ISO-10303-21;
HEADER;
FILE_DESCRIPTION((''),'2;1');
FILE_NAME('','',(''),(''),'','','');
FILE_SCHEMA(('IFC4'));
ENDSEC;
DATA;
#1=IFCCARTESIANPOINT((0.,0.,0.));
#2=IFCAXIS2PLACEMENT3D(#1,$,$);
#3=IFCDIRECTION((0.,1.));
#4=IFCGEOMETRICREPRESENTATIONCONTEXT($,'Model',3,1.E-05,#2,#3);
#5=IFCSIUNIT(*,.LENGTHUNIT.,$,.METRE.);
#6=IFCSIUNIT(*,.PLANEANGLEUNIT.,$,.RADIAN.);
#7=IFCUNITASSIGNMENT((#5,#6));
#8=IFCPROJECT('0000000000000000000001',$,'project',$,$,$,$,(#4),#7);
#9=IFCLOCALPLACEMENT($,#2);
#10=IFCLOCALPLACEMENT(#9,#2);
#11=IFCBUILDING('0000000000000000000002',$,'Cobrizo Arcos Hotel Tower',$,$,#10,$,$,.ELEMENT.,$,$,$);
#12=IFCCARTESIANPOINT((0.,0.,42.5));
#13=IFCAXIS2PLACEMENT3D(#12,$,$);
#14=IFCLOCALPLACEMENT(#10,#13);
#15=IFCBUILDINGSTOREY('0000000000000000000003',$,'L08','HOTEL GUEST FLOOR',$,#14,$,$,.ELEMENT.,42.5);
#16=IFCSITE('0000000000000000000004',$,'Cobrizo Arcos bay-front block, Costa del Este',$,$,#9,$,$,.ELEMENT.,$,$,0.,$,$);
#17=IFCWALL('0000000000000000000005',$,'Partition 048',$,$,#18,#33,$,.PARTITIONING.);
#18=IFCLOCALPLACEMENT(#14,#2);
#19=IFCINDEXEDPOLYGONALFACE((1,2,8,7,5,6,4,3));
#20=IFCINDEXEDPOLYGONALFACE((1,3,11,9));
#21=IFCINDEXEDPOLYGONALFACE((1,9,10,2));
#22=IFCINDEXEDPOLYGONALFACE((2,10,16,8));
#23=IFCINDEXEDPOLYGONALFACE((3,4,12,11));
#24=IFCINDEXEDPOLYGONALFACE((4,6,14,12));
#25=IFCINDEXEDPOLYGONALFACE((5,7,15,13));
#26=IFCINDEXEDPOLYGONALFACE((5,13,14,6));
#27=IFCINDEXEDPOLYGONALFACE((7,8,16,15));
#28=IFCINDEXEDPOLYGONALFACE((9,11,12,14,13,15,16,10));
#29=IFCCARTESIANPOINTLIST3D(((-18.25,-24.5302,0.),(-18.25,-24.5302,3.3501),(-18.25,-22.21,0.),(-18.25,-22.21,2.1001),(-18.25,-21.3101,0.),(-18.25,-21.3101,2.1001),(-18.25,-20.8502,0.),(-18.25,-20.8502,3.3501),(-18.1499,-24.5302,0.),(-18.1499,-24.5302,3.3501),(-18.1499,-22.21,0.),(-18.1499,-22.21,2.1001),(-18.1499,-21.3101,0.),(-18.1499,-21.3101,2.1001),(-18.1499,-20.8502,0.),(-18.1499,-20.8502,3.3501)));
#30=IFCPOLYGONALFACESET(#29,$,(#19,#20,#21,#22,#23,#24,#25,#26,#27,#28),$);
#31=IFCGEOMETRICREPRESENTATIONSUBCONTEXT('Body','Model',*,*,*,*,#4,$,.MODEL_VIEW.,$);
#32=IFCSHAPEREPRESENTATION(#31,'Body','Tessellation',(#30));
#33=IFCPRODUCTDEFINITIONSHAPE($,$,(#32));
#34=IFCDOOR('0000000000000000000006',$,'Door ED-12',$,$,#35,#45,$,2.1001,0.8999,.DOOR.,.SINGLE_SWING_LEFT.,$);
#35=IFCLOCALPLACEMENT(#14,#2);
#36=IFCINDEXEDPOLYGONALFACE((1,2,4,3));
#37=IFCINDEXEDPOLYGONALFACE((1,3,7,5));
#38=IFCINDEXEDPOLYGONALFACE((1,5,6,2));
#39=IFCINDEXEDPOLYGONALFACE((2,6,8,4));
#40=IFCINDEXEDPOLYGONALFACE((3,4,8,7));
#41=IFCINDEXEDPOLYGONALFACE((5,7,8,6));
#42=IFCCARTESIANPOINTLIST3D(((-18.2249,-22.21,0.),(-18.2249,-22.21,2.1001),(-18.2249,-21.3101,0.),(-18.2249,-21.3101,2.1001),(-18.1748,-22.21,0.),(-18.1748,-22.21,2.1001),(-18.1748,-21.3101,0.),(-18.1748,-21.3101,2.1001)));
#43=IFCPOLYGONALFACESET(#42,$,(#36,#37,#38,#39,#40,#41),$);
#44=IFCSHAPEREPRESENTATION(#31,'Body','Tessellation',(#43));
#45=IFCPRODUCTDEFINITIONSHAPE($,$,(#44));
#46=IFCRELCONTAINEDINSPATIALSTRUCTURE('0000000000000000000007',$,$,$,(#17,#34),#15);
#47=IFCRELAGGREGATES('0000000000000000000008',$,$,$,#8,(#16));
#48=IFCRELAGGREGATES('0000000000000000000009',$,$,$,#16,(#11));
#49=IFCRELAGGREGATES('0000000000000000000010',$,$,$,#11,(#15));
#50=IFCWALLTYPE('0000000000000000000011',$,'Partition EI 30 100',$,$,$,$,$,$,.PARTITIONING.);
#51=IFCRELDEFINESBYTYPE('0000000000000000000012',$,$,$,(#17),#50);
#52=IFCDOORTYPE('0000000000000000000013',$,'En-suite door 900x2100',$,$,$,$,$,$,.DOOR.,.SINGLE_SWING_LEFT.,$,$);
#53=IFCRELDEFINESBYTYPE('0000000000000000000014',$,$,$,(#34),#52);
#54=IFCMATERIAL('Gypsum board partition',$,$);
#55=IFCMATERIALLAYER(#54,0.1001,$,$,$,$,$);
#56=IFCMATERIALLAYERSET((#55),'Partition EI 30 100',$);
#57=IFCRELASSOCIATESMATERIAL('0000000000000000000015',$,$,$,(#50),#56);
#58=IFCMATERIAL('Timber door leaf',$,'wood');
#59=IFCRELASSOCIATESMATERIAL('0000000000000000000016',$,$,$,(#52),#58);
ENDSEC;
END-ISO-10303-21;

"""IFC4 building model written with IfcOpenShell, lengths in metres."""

from ifc_helpers import new_model, si_unit, direction, frame, frame_2d, origin, place, context, subcontext, project, spatial, rectangle, extrude, material, layer, layer_set, type_object, element, fill, save


model = new_model("IFC4")

# Units and contexts
model_context = context("Model", 3, precision=1e-05, world=origin(), true_north=direction((0.0, 1.0)))
body_context = subcontext(model_context, "Body", "Model", "MODEL_VIEW")
ifc_project = project(units=[si_unit("LENGTHUNIT", "METRE"), si_unit("PLANEANGLEUNIT", "RADIAN")], contexts=[model_context])

# Site, building, storey
site_placement = place(None, origin())
site = spatial("IfcSite", under=ifc_project, at=site_placement, Name="Cobrizo Arcos bay-front block, Costa del Este", CompositionType="ELEMENT", RefElevation=0.0)
building_placement = place(site_placement, origin())
building = spatial("IfcBuilding", under=site, at=building_placement, Name="Cobrizo Arcos Hotel Tower", CompositionType="ELEMENT")
storey_placement = place(building_placement, frame((0.0, 0.0, 42.5)))
storey = spatial("IfcBuildingStorey", under=building, at=storey_placement, Name="L08", Description="HOTEL GUEST FLOOR", CompositionType="ELEMENT", Elevation=42.5)

# Shared definitions
ifc_material_1 = material(Name="Gypsum board partition")
ifc_layer_1 = layer(ifc_material_1, 0.1001)
ifc_layer_set_1 = layer_set([ifc_layer_1], Name="Partition EI 30 100")
wall_type = type_object("IfcWallType", Name="Partition EI 30 100", PredefinedType="PARTITIONING", material=ifc_layer_set_1)

# Wall, opening, door
wall_1_placement = place(storey_placement, frame((-18.2, -24.53, 0.0), z_axis=(0.0, 0.0, 1.0), x_axis=(0.0, 1.0, 0.0)))
wall_1 = element("IfcWall", 1, at=wall_1_placement, inside=storey, type_object=wall_type, Name="Partition 048", PredefinedType="PARTITIONING", context=body_context, shape_type="SweptSolid", body=[
    extrude(rectangle(XDim=3.6799, YDim=0.1001, at=frame_2d((1.8398, 0.0))), origin(), (0.0, 0.0, 1.0), 3.3501),
])
opening_placement = place(wall_1_placement, frame((2.3201, 0.0, 0.0)))
opening = element("IfcOpeningElement", 2, at=opening_placement, cuts=wall_1, PredefinedType="OPENING", context=body_context, shape_type="SweptSolid", body=[
    extrude(rectangle(XDim=0.8999, YDim=2.1001, at=frame_2d((0.45, 1.05))), frame((0.0, 0.062, 0.0), z_axis=(0.0, -1.0, 0.0), x_axis=(1.0, 0.0, 0.0)), (0.0, 0.0, 1.0), 0.124),
])
ifc_material_2 = material(Name="Timber door leaf", Category="wood")
door_type = type_object("IfcDoorType", Name="En-suite door 900x2100", OperationType="SINGLE_SWING_LEFT", PredefinedType="DOOR", material=ifc_material_2)
door_placement = place(opening_placement, origin())
door = element("IfcDoor", 3, at=door_placement, inside=storey, type_object=door_type, Name="Door ED-12", OperationType="SINGLE_SWING_LEFT", OverallHeight=2.1001, OverallWidth=0.8999, PredefinedType="DOOR", context=body_context, shape_type="SweptSolid", body=[
    extrude(rectangle(XDim=0.8999, YDim=2.1001, at=frame_2d((0.45, 1.05))), frame((0.0, 0.0249, 0.0), z_axis=(0.0, -1.0, 0.0), x_axis=(1.0, 0.0, 0.0)), (0.0, 0.0, 1.0), 0.05),
])
fill(opening, door)

save(model, "model.ifc")
